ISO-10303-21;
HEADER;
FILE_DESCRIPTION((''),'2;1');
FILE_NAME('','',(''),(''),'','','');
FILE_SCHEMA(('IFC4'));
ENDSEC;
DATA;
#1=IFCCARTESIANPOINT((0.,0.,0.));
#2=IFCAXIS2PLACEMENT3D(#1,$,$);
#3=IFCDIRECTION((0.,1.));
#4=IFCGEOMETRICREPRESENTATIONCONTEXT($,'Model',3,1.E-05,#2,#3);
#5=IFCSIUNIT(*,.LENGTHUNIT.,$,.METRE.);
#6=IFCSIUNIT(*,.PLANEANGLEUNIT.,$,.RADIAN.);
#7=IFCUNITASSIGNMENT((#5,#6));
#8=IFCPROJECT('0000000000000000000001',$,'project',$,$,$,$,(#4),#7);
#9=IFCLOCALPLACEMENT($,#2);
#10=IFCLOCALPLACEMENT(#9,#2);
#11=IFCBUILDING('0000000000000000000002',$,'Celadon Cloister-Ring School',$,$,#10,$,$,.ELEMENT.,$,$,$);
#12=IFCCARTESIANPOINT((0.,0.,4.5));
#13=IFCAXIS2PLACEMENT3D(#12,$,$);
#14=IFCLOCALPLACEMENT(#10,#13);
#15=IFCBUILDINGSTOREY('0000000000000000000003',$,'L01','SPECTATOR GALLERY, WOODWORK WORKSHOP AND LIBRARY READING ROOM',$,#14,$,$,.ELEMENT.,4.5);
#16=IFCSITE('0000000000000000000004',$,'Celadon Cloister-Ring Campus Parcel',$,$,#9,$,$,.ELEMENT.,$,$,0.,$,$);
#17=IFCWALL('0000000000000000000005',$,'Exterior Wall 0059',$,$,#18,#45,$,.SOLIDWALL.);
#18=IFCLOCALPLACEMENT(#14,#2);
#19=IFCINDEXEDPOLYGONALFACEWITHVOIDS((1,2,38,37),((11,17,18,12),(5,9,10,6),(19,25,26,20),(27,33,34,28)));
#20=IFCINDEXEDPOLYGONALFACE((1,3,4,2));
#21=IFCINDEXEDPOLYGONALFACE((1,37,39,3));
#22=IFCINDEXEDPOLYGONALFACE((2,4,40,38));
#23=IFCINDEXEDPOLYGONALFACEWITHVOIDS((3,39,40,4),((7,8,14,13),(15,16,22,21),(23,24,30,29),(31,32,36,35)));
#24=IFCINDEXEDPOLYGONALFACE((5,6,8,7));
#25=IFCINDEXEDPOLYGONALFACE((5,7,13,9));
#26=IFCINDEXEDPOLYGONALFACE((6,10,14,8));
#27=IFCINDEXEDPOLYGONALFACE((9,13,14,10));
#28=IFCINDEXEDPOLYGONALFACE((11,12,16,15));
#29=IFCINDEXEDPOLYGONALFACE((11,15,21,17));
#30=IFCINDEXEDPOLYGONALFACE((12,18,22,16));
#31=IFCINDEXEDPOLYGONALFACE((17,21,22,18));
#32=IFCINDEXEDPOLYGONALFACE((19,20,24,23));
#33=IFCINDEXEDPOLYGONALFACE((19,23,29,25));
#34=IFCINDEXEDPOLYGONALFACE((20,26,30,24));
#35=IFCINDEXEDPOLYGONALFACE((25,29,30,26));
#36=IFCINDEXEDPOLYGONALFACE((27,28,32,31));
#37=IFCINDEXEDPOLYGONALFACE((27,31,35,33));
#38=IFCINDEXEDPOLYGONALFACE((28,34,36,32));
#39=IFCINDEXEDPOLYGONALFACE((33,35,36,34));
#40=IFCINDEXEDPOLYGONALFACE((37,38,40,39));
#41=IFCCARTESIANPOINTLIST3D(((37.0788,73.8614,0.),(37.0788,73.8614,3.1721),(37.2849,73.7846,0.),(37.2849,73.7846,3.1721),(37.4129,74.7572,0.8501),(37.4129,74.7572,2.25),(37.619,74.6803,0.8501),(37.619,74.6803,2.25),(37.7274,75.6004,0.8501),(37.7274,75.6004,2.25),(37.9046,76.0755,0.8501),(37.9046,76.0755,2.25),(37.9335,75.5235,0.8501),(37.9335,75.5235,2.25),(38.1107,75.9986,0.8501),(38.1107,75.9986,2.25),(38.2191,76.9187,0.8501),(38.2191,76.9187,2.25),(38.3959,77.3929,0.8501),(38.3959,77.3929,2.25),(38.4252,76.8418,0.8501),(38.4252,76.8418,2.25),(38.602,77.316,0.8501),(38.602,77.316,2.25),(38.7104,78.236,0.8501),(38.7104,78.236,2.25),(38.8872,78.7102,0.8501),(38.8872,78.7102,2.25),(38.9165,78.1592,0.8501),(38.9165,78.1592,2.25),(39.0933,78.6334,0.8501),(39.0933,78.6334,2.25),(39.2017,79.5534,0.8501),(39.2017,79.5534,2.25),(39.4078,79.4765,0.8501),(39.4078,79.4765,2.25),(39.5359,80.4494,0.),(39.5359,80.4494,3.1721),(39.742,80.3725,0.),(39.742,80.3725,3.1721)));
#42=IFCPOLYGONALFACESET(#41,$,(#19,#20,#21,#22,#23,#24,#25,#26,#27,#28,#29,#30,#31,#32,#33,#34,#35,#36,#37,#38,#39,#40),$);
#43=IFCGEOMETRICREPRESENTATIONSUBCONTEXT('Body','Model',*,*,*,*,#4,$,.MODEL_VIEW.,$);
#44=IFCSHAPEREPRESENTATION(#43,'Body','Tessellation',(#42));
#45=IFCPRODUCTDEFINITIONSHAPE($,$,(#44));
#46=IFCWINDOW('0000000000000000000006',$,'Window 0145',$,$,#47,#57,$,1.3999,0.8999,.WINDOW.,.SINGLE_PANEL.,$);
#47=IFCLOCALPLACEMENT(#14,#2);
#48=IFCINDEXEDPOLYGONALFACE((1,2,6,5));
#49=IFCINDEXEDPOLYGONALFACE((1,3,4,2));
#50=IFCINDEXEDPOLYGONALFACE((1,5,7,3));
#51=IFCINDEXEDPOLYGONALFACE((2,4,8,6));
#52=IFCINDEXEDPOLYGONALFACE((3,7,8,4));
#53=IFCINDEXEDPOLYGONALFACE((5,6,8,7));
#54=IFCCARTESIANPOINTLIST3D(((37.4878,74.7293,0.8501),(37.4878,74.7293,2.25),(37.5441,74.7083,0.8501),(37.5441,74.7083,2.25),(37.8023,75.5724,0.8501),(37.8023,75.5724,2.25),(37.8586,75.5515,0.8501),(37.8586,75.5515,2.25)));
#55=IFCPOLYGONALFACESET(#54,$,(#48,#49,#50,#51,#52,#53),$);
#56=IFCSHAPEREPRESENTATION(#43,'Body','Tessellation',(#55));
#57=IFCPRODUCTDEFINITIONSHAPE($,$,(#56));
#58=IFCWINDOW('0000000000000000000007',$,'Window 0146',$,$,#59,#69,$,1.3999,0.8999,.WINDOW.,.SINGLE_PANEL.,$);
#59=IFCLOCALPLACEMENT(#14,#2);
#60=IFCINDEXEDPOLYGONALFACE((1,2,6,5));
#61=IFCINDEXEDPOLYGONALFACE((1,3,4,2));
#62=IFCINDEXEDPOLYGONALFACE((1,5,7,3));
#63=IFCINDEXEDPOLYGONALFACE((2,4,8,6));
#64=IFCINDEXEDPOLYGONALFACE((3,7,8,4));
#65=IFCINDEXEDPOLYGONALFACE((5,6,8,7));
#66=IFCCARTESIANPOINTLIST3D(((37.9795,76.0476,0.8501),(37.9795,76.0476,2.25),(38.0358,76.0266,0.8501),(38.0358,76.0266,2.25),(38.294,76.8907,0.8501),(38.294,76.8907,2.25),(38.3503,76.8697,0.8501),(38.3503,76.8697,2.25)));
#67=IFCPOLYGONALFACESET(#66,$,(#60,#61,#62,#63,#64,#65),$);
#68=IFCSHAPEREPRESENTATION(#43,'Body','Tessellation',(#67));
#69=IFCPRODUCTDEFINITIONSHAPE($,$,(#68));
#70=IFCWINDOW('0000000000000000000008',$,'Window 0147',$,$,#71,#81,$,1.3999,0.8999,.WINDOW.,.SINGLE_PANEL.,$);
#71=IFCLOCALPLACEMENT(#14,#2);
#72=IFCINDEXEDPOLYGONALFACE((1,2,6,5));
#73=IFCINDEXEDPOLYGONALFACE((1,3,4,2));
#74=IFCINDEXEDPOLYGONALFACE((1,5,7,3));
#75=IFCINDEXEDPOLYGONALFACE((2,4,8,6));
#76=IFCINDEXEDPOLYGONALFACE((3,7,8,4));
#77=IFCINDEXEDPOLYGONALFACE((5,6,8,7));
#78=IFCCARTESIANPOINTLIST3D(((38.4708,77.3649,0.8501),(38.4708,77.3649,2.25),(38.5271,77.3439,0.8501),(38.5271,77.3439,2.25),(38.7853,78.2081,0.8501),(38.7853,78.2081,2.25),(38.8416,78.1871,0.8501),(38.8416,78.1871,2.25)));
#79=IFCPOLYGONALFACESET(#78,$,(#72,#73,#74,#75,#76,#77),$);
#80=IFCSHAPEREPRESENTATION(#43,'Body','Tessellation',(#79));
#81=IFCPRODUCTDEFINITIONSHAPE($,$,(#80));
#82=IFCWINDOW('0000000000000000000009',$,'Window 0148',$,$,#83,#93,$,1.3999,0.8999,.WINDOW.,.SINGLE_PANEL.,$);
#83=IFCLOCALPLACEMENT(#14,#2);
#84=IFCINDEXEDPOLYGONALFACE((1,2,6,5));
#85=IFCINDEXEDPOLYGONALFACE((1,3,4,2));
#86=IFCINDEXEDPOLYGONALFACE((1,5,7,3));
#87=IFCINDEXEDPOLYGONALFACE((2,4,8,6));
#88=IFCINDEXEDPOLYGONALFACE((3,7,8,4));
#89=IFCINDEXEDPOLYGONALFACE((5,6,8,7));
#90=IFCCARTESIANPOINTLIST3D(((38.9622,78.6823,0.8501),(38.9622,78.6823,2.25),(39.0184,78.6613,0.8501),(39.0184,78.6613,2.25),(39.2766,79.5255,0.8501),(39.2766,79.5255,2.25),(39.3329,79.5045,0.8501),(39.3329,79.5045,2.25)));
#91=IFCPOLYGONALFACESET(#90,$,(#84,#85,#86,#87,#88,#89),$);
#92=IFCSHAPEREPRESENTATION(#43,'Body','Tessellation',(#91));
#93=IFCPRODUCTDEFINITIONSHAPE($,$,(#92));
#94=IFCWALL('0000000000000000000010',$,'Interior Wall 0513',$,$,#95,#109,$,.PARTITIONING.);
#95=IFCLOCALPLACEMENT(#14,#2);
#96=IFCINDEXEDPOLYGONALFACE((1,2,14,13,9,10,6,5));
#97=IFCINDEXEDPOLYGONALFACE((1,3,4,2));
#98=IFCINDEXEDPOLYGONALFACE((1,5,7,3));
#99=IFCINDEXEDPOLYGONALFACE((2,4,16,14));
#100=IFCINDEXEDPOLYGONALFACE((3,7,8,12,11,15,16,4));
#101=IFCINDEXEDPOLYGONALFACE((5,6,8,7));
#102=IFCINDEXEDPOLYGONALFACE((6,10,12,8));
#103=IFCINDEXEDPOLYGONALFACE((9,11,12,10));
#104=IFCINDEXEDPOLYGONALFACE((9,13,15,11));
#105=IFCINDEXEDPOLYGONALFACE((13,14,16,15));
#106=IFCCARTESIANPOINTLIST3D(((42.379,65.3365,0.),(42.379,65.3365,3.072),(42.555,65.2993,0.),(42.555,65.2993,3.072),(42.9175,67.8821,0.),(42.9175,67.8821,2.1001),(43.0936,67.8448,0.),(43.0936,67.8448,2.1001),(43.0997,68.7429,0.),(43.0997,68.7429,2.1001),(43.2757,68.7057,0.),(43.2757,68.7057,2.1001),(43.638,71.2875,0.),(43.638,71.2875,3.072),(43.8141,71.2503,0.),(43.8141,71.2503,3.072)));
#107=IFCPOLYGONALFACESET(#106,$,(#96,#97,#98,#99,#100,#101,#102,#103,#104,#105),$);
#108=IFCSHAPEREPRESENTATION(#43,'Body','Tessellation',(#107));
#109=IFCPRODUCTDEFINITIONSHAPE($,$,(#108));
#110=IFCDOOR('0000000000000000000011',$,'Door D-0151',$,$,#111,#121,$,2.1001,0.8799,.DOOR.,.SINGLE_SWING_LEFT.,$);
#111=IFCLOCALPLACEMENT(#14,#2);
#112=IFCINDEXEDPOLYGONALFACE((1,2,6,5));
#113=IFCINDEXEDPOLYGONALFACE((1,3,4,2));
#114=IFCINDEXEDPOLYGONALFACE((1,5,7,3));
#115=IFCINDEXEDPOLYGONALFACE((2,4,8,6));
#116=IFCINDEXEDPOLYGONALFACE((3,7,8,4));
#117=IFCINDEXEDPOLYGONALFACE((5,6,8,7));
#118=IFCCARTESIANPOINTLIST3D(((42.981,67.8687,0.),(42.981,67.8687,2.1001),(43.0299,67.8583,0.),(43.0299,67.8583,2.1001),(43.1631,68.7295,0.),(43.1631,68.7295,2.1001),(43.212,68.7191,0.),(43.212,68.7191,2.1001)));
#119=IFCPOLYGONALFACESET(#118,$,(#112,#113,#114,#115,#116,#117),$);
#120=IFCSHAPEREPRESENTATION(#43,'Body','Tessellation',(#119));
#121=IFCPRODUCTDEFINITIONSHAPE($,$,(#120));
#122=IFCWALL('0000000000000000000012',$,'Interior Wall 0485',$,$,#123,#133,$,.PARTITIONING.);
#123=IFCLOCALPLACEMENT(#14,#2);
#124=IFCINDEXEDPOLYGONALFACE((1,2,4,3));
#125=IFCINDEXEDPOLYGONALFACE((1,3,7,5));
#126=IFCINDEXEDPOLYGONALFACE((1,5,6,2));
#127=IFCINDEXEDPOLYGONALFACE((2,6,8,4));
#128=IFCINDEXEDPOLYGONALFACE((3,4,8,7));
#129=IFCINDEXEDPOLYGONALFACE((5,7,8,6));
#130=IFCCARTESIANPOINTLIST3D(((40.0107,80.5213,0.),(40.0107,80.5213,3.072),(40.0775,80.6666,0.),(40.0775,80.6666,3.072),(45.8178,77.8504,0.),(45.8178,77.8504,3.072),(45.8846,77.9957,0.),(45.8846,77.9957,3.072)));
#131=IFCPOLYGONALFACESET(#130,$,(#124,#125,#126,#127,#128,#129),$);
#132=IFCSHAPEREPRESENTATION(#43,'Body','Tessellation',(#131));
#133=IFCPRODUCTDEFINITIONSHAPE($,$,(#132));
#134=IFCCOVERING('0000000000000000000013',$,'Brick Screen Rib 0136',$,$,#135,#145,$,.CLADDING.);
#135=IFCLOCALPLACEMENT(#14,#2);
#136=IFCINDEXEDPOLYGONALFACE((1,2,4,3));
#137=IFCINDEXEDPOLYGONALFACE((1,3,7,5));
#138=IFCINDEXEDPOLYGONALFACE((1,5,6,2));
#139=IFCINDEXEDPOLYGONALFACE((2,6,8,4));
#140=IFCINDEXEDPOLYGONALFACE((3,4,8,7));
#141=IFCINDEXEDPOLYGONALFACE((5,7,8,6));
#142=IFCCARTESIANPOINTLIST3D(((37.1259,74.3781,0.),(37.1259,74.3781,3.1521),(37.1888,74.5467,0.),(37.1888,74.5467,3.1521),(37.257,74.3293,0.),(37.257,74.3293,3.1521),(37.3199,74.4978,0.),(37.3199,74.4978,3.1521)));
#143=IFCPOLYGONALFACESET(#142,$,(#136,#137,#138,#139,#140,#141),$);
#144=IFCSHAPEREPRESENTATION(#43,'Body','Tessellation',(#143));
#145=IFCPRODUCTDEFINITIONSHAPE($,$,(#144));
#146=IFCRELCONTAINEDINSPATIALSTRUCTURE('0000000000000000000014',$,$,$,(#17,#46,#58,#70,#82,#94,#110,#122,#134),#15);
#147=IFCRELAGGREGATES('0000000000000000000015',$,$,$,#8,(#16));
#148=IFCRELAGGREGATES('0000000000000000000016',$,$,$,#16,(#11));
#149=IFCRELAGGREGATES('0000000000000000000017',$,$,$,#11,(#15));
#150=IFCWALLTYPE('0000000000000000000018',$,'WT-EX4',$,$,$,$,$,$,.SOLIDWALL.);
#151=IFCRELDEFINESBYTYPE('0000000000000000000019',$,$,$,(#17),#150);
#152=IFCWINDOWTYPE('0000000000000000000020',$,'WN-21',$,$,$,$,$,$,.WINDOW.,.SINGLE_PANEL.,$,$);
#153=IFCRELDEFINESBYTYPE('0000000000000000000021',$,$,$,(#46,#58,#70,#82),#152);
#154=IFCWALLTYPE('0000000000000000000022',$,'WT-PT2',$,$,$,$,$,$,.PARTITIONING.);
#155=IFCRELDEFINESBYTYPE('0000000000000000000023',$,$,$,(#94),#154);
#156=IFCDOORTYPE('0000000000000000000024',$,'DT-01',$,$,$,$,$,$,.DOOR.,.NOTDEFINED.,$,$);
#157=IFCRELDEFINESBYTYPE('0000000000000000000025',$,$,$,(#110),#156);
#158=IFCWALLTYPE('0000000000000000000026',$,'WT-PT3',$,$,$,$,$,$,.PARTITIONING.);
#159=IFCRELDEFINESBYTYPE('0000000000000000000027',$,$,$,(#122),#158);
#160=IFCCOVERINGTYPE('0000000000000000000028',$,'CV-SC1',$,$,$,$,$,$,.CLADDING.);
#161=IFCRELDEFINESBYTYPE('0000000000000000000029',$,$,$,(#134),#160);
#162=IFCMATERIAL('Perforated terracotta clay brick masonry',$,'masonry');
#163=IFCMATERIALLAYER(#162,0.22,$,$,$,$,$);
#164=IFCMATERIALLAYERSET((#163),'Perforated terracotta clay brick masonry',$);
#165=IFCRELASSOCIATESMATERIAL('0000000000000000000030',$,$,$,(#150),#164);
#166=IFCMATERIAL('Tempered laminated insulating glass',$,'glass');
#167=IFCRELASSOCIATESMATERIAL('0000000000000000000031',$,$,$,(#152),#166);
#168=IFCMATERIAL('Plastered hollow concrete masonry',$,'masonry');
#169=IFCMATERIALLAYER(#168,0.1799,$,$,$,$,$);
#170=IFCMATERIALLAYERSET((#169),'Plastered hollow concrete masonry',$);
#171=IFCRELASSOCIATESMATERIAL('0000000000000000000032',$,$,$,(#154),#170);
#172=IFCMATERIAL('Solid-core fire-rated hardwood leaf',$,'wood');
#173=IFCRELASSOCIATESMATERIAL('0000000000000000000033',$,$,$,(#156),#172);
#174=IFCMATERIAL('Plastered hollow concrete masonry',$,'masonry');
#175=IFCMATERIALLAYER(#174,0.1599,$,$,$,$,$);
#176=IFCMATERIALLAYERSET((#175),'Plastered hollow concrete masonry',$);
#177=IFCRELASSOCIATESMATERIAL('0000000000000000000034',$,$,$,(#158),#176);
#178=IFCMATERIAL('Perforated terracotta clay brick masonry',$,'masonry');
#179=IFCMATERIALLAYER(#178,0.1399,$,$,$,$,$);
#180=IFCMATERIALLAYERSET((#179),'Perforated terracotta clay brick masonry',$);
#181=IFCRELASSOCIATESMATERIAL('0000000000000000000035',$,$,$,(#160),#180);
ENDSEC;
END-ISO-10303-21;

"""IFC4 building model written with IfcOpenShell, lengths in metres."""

from ifc_helpers import new_model, si_unit, direction, frame, frame_2d, origin, origin_2d, place, context, subcontext, project, spatial, rectangle, extrude, material, layer, layer_set, type_object, element, fill, save


model = new_model("IFC4")

# Units and contexts
model_context = context("Model", 3, precision=1e-05, world=origin(), true_north=direction((0.0, 1.0)))
body_context = subcontext(model_context, "Body", "Model", "MODEL_VIEW")
ifc_project = project(units=[si_unit("LENGTHUNIT", "METRE"), si_unit("PLANEANGLEUNIT", "RADIAN")], contexts=[model_context])

# Site, building, storey
site_placement = place(None, origin())
site = spatial("IfcSite", under=ifc_project, at=site_placement, Name="Celadon Cloister-Ring Campus Parcel", CompositionType="ELEMENT", RefElevation=0.0)
building_placement = place(site_placement, origin())
building = spatial("IfcBuilding", under=site, at=building_placement, Name="Celadon Cloister-Ring School", CompositionType="ELEMENT")
storey_placement = place(building_placement, frame((0.0, 0.0, 4.5)))
storey = spatial("IfcBuildingStorey", under=building, at=storey_placement, Name="L01", Description="SPECTATOR GALLERY, WOODWORK WORKSHOP AND LIBRARY READING ROOM", CompositionType="ELEMENT", Elevation=4.5)

# Wall, openings, windows
ifc_material_1 = material(Name="Perforated terracotta clay brick masonry", Category="masonry")
ifc_layer_1 = layer(ifc_material_1, 0.22)
ifc_layer_set_1 = layer_set([ifc_layer_1], Name="Perforated terracotta clay brick masonry")
wall_type_1 = type_object("IfcWallType", Name="WT-EX4", PredefinedType="SOLIDWALL", material=ifc_layer_set_1)
wall_1_placement = place(storey_placement, frame((37.1819, 73.823, 0.0), z_axis=(0.0, 0.0, 1.0), x_axis=(0.349449, 0.936956, 0.0)))
wall_1 = element("IfcWall", 1, at=wall_1_placement, inside=storey, type_object=wall_type_1, Name="Exterior Wall 0059", PredefinedType="SOLIDWALL", context=body_context, shape_type="SweptSolid", body=[
    extrude(rectangle(XDim=7.0312, YDim=0.22, at=frame_2d((3.5156, 0.0))), origin(), (0.0, 0.0, 1.0), 3.1721),
])
opening_1_placement = place(wall_1_placement, frame((0.9561, 0.0, 0.8501)))
opening_1 = element("IfcOpeningElement", 2, at=opening_1_placement, cuts=wall_1, PredefinedType="OPENING", context=body_context, shape_type="SweptSolid", body=[
    extrude(rectangle(XDim=0.8999, YDim=1.3999, at=frame_2d((0.45, 0.7))), frame((0.0, 0.1201, 0.0), z_axis=(0.0, -1.0, 0.0), x_axis=(1.0, 0.0, 0.0)), (0.0, 0.0, 1.0), 0.24),
])
opening_2_placement = place(wall_1_placement, frame((2.363, 0.0, 0.8501)))
opening_2 = element("IfcOpeningElement", 3, at=opening_2_placement, cuts=wall_1, PredefinedType="OPENING", context=body_context, shape_type="SweptSolid", body=[
    extrude(rectangle(XDim=0.8999, YDim=1.3999, at=frame_2d((0.45, 0.7))), frame((0.0, 0.1201, 0.0), z_axis=(0.0, -1.0, 0.0), x_axis=(1.0, 0.0, 0.0)), (0.0, 0.0, 1.0), 0.24),
])
opening_3_placement = place(wall_1_placement, frame((3.769, 0.0, 0.8501)))
opening_3 = element("IfcOpeningElement", 4, at=opening_3_placement, cuts=wall_1, PredefinedType="OPENING", context=body_context, shape_type="SweptSolid", body=[
    extrude(rectangle(XDim=0.8999, YDim=1.3999, at=frame_2d((0.45, 0.7))), frame((0.0, 0.1201, 0.0), z_axis=(0.0, -1.0, 0.0), x_axis=(1.0, 0.0, 0.0)), (0.0, 0.0, 1.0), 0.24),
])
opening_4_placement = place(wall_1_placement, frame((5.175, 0.0, 0.8501)))
opening_4 = element("IfcOpeningElement", 5, at=opening_4_placement, cuts=wall_1, PredefinedType="OPENING", context=body_context, shape_type="SweptSolid", body=[
    extrude(rectangle(XDim=0.8999, YDim=1.3999, at=frame_2d((0.45, 0.7))), frame((0.0, 0.1201, 0.0), z_axis=(0.0, -1.0, 0.0), x_axis=(1.0, 0.0, 0.0)), (0.0, 0.0, 1.0), 0.24),
])
ifc_material_2 = material(Name="Tempered laminated insulating glass", Category="glass")
window_type = type_object("IfcWindowType", Name="WN-21", PartitioningType="SINGLE_PANEL", PredefinedType="WINDOW", material=ifc_material_2)
window_1_placement = place(opening_1_placement, origin())
window_1 = element("IfcWindow", 6, at=window_1_placement, inside=storey, type_object=window_type, Name="Window 0145", OverallHeight=1.3999, OverallWidth=0.8999, PartitioningType="SINGLE_PANEL", PredefinedType="WINDOW", context=body_context, shape_type="SweptSolid", body=[
    extrude(rectangle(XDim=0.8999, YDim=1.3999, at=frame_2d((0.45, 0.7))), frame((0.0, 0.03, 0.0), z_axis=(0.0, -1.0, 0.0), x_axis=(1.0, 0.0, 0.0)), (0.0, 0.0, 1.0), 0.0601),
])
fill(opening_1, window_1)
window_2_placement = place(opening_2_placement, origin())
window_2 = element("IfcWindow", 7, at=window_2_placement, inside=storey, type_object=window_type, Name="Window 0146", OverallHeight=1.3999, OverallWidth=0.8999, PartitioningType="SINGLE_PANEL", PredefinedType="WINDOW", context=body_context, shape_type="SweptSolid", body=[
    extrude(rectangle(XDim=0.8999, YDim=1.3999, at=frame_2d((0.45, 0.7))), frame((0.0, 0.03, 0.0), z_axis=(0.0, -1.0, 0.0), x_axis=(1.0, 0.0, 0.0)), (0.0, 0.0, 1.0), 0.0601),
])
fill(opening_2, window_2)
window_3_placement = place(opening_3_placement, origin())
window_3 = element("IfcWindow", 8, at=window_3_placement, inside=storey, type_object=window_type, Name="Window 0147", OverallHeight=1.3999, OverallWidth=0.8999, PartitioningType="SINGLE_PANEL", PredefinedType="WINDOW", context=body_context, shape_type="SweptSolid", body=[
    extrude(rectangle(XDim=0.8999, YDim=1.3999, at=frame_2d((0.45, 0.7))), frame((0.0, 0.03, 0.0), z_axis=(0.0, -1.0, 0.0), x_axis=(1.0, 0.0, 0.0)), (0.0, 0.0, 1.0), 0.0601),
])
fill(opening_3, window_3)
window_4_placement = place(opening_4_placement, origin())
window_4 = element("IfcWindow", 9, at=window_4_placement, inside=storey, type_object=window_type, Name="Window 0148", OverallHeight=1.3999, OverallWidth=0.8999, PartitioningType="SINGLE_PANEL", PredefinedType="WINDOW", context=body_context, shape_type="SweptSolid", body=[
    extrude(rectangle(XDim=0.8999, YDim=1.3999, at=frame_2d((0.45, 0.7))), frame((0.0, 0.03, 0.0), z_axis=(0.0, -1.0, 0.0), x_axis=(1.0, 0.0, 0.0)), (0.0, 0.0, 1.0), 0.0601),
])
fill(opening_4, window_4)

# Wall, opening, door
ifc_material_3 = material(Name="Plastered hollow concrete masonry", Category="masonry")
ifc_layer_2 = layer(ifc_material_3, 0.1799)
ifc_layer_set_2 = layer_set([ifc_layer_2], Name="Plastered hollow concrete masonry")
wall_type_2 = type_object("IfcWallType", Name="WT-PT2", PredefinedType="PARTITIONING", material=ifc_layer_set_2)
wall_2_placement = place(storey_placement, frame((43.7261, 71.269, 0.0), z_axis=(0.0, 0.0, 1.0), x_axis=(-0.206987, -0.978344, 0.0)))
wall_2 = element("IfcWall", 10, at=wall_2_placement, inside=storey, type_object=wall_type_2, Name="Interior Wall 0513", PredefinedType="PARTITIONING", context=body_context, shape_type="SweptSolid", body=[
    extrude(rectangle(XDim=6.0828, YDim=0.1799, at=frame_2d((3.0415, 0.0))), origin(), (0.0, 0.0, 1.0), 3.072),
])
opening_5_placement = place(wall_2_placement, frame((2.6011, 0.0, 0.0)))
opening_5 = element("IfcOpeningElement", 11, at=opening_5_placement, cuts=wall_2, PredefinedType="OPENING", context=body_context, shape_type="SweptSolid", body=[
    extrude(rectangle(XDim=0.8799, YDim=2.1001, at=frame_2d((0.4399, 1.05))), frame((0.0, 0.1001, 0.0), z_axis=(0.0, -1.0, 0.0), x_axis=(1.0, 0.0, 0.0)), (0.0, 0.0, 1.0), 0.2),
])
ifc_material_4 = material(Name="Solid-core fire-rated hardwood leaf", Category="wood")
door_type = type_object("IfcDoorType", Name="DT-01", OperationType="NOTDEFINED", PredefinedType="DOOR", material=ifc_material_4)
door_placement = place(opening_5_placement, origin())
door = element("IfcDoor", 12, at=door_placement, inside=storey, type_object=door_type, Name="Door D-0151", OperationType="SINGLE_SWING_LEFT", OverallHeight=2.1001, OverallWidth=0.8799, PredefinedType="DOOR", context=body_context, shape_type="SweptSolid", body=[
    extrude(rectangle(XDim=0.8799, YDim=2.1001, at=frame_2d((0.4399, 1.05))), frame((0.0, 0.0249, 0.0), z_axis=(0.0, -1.0, 0.0), x_axis=(1.0, 0.0, 0.0)), (0.0, 0.0, 1.0), 0.05),
])
fill(opening_5, door)

# Wall
ifc_material_5 = material(Name="Plastered hollow concrete masonry", Category="masonry")
ifc_layer_3 = layer(ifc_material_5, 0.1599)
ifc_layer_set_3 = layer_set([ifc_layer_3], Name="Plastered hollow concrete masonry")
wall_type_3 = type_object("IfcWallType", Name="WT-PT3", PredefinedType="PARTITIONING", material=ifc_layer_set_3)
wall_3_placement = place(storey_placement, frame((45.8511, 77.9231, 0.0), z_axis=(0.0, 0.0, 1.0), x_axis=(-0.908513, 0.417856, 0.0)))
element("IfcWall", 13, at=wall_3_placement, inside=storey, type_object=wall_type_3, Name="Interior Wall 0485", PredefinedType="PARTITIONING", context=body_context, shape_type="SweptSolid", body=[
    extrude(rectangle(XDim=6.3918, YDim=0.1599, at=frame_2d((3.1958, 0.0))), origin(), (0.0, 0.0, 1.0), 3.072),
])

# Covering
ifc_material_6 = material(Name="Perforated terracotta clay brick masonry", Category="masonry")
ifc_layer_4 = layer(ifc_material_6, 0.1399)
ifc_layer_set_4 = layer_set([ifc_layer_4], Name="Perforated terracotta clay brick masonry")
covering_type = type_object("IfcCoveringType", Name="CV-SC1", PredefinedType="CLADDING", material=ifc_layer_set_4)
covering_placement = place(storey_placement, frame((37.2229, 74.438, 0.0), z_axis=(0.0, 0.0, 1.0), x_axis=(0.349439, 0.936959, 0.0)))
element("IfcCovering", 14, at=covering_placement, inside=storey, type_object=covering_type, Name="Brick Screen Rib 0136", PredefinedType="CLADDING", context=body_context, shape_type="SweptSolid", body=[
    extrude(rectangle(XDim=0.1799, YDim=0.1399, at=origin_2d()), origin(), (0.0, 0.0, 1.0), 3.1521),
])

save(model, "model.ifc")
